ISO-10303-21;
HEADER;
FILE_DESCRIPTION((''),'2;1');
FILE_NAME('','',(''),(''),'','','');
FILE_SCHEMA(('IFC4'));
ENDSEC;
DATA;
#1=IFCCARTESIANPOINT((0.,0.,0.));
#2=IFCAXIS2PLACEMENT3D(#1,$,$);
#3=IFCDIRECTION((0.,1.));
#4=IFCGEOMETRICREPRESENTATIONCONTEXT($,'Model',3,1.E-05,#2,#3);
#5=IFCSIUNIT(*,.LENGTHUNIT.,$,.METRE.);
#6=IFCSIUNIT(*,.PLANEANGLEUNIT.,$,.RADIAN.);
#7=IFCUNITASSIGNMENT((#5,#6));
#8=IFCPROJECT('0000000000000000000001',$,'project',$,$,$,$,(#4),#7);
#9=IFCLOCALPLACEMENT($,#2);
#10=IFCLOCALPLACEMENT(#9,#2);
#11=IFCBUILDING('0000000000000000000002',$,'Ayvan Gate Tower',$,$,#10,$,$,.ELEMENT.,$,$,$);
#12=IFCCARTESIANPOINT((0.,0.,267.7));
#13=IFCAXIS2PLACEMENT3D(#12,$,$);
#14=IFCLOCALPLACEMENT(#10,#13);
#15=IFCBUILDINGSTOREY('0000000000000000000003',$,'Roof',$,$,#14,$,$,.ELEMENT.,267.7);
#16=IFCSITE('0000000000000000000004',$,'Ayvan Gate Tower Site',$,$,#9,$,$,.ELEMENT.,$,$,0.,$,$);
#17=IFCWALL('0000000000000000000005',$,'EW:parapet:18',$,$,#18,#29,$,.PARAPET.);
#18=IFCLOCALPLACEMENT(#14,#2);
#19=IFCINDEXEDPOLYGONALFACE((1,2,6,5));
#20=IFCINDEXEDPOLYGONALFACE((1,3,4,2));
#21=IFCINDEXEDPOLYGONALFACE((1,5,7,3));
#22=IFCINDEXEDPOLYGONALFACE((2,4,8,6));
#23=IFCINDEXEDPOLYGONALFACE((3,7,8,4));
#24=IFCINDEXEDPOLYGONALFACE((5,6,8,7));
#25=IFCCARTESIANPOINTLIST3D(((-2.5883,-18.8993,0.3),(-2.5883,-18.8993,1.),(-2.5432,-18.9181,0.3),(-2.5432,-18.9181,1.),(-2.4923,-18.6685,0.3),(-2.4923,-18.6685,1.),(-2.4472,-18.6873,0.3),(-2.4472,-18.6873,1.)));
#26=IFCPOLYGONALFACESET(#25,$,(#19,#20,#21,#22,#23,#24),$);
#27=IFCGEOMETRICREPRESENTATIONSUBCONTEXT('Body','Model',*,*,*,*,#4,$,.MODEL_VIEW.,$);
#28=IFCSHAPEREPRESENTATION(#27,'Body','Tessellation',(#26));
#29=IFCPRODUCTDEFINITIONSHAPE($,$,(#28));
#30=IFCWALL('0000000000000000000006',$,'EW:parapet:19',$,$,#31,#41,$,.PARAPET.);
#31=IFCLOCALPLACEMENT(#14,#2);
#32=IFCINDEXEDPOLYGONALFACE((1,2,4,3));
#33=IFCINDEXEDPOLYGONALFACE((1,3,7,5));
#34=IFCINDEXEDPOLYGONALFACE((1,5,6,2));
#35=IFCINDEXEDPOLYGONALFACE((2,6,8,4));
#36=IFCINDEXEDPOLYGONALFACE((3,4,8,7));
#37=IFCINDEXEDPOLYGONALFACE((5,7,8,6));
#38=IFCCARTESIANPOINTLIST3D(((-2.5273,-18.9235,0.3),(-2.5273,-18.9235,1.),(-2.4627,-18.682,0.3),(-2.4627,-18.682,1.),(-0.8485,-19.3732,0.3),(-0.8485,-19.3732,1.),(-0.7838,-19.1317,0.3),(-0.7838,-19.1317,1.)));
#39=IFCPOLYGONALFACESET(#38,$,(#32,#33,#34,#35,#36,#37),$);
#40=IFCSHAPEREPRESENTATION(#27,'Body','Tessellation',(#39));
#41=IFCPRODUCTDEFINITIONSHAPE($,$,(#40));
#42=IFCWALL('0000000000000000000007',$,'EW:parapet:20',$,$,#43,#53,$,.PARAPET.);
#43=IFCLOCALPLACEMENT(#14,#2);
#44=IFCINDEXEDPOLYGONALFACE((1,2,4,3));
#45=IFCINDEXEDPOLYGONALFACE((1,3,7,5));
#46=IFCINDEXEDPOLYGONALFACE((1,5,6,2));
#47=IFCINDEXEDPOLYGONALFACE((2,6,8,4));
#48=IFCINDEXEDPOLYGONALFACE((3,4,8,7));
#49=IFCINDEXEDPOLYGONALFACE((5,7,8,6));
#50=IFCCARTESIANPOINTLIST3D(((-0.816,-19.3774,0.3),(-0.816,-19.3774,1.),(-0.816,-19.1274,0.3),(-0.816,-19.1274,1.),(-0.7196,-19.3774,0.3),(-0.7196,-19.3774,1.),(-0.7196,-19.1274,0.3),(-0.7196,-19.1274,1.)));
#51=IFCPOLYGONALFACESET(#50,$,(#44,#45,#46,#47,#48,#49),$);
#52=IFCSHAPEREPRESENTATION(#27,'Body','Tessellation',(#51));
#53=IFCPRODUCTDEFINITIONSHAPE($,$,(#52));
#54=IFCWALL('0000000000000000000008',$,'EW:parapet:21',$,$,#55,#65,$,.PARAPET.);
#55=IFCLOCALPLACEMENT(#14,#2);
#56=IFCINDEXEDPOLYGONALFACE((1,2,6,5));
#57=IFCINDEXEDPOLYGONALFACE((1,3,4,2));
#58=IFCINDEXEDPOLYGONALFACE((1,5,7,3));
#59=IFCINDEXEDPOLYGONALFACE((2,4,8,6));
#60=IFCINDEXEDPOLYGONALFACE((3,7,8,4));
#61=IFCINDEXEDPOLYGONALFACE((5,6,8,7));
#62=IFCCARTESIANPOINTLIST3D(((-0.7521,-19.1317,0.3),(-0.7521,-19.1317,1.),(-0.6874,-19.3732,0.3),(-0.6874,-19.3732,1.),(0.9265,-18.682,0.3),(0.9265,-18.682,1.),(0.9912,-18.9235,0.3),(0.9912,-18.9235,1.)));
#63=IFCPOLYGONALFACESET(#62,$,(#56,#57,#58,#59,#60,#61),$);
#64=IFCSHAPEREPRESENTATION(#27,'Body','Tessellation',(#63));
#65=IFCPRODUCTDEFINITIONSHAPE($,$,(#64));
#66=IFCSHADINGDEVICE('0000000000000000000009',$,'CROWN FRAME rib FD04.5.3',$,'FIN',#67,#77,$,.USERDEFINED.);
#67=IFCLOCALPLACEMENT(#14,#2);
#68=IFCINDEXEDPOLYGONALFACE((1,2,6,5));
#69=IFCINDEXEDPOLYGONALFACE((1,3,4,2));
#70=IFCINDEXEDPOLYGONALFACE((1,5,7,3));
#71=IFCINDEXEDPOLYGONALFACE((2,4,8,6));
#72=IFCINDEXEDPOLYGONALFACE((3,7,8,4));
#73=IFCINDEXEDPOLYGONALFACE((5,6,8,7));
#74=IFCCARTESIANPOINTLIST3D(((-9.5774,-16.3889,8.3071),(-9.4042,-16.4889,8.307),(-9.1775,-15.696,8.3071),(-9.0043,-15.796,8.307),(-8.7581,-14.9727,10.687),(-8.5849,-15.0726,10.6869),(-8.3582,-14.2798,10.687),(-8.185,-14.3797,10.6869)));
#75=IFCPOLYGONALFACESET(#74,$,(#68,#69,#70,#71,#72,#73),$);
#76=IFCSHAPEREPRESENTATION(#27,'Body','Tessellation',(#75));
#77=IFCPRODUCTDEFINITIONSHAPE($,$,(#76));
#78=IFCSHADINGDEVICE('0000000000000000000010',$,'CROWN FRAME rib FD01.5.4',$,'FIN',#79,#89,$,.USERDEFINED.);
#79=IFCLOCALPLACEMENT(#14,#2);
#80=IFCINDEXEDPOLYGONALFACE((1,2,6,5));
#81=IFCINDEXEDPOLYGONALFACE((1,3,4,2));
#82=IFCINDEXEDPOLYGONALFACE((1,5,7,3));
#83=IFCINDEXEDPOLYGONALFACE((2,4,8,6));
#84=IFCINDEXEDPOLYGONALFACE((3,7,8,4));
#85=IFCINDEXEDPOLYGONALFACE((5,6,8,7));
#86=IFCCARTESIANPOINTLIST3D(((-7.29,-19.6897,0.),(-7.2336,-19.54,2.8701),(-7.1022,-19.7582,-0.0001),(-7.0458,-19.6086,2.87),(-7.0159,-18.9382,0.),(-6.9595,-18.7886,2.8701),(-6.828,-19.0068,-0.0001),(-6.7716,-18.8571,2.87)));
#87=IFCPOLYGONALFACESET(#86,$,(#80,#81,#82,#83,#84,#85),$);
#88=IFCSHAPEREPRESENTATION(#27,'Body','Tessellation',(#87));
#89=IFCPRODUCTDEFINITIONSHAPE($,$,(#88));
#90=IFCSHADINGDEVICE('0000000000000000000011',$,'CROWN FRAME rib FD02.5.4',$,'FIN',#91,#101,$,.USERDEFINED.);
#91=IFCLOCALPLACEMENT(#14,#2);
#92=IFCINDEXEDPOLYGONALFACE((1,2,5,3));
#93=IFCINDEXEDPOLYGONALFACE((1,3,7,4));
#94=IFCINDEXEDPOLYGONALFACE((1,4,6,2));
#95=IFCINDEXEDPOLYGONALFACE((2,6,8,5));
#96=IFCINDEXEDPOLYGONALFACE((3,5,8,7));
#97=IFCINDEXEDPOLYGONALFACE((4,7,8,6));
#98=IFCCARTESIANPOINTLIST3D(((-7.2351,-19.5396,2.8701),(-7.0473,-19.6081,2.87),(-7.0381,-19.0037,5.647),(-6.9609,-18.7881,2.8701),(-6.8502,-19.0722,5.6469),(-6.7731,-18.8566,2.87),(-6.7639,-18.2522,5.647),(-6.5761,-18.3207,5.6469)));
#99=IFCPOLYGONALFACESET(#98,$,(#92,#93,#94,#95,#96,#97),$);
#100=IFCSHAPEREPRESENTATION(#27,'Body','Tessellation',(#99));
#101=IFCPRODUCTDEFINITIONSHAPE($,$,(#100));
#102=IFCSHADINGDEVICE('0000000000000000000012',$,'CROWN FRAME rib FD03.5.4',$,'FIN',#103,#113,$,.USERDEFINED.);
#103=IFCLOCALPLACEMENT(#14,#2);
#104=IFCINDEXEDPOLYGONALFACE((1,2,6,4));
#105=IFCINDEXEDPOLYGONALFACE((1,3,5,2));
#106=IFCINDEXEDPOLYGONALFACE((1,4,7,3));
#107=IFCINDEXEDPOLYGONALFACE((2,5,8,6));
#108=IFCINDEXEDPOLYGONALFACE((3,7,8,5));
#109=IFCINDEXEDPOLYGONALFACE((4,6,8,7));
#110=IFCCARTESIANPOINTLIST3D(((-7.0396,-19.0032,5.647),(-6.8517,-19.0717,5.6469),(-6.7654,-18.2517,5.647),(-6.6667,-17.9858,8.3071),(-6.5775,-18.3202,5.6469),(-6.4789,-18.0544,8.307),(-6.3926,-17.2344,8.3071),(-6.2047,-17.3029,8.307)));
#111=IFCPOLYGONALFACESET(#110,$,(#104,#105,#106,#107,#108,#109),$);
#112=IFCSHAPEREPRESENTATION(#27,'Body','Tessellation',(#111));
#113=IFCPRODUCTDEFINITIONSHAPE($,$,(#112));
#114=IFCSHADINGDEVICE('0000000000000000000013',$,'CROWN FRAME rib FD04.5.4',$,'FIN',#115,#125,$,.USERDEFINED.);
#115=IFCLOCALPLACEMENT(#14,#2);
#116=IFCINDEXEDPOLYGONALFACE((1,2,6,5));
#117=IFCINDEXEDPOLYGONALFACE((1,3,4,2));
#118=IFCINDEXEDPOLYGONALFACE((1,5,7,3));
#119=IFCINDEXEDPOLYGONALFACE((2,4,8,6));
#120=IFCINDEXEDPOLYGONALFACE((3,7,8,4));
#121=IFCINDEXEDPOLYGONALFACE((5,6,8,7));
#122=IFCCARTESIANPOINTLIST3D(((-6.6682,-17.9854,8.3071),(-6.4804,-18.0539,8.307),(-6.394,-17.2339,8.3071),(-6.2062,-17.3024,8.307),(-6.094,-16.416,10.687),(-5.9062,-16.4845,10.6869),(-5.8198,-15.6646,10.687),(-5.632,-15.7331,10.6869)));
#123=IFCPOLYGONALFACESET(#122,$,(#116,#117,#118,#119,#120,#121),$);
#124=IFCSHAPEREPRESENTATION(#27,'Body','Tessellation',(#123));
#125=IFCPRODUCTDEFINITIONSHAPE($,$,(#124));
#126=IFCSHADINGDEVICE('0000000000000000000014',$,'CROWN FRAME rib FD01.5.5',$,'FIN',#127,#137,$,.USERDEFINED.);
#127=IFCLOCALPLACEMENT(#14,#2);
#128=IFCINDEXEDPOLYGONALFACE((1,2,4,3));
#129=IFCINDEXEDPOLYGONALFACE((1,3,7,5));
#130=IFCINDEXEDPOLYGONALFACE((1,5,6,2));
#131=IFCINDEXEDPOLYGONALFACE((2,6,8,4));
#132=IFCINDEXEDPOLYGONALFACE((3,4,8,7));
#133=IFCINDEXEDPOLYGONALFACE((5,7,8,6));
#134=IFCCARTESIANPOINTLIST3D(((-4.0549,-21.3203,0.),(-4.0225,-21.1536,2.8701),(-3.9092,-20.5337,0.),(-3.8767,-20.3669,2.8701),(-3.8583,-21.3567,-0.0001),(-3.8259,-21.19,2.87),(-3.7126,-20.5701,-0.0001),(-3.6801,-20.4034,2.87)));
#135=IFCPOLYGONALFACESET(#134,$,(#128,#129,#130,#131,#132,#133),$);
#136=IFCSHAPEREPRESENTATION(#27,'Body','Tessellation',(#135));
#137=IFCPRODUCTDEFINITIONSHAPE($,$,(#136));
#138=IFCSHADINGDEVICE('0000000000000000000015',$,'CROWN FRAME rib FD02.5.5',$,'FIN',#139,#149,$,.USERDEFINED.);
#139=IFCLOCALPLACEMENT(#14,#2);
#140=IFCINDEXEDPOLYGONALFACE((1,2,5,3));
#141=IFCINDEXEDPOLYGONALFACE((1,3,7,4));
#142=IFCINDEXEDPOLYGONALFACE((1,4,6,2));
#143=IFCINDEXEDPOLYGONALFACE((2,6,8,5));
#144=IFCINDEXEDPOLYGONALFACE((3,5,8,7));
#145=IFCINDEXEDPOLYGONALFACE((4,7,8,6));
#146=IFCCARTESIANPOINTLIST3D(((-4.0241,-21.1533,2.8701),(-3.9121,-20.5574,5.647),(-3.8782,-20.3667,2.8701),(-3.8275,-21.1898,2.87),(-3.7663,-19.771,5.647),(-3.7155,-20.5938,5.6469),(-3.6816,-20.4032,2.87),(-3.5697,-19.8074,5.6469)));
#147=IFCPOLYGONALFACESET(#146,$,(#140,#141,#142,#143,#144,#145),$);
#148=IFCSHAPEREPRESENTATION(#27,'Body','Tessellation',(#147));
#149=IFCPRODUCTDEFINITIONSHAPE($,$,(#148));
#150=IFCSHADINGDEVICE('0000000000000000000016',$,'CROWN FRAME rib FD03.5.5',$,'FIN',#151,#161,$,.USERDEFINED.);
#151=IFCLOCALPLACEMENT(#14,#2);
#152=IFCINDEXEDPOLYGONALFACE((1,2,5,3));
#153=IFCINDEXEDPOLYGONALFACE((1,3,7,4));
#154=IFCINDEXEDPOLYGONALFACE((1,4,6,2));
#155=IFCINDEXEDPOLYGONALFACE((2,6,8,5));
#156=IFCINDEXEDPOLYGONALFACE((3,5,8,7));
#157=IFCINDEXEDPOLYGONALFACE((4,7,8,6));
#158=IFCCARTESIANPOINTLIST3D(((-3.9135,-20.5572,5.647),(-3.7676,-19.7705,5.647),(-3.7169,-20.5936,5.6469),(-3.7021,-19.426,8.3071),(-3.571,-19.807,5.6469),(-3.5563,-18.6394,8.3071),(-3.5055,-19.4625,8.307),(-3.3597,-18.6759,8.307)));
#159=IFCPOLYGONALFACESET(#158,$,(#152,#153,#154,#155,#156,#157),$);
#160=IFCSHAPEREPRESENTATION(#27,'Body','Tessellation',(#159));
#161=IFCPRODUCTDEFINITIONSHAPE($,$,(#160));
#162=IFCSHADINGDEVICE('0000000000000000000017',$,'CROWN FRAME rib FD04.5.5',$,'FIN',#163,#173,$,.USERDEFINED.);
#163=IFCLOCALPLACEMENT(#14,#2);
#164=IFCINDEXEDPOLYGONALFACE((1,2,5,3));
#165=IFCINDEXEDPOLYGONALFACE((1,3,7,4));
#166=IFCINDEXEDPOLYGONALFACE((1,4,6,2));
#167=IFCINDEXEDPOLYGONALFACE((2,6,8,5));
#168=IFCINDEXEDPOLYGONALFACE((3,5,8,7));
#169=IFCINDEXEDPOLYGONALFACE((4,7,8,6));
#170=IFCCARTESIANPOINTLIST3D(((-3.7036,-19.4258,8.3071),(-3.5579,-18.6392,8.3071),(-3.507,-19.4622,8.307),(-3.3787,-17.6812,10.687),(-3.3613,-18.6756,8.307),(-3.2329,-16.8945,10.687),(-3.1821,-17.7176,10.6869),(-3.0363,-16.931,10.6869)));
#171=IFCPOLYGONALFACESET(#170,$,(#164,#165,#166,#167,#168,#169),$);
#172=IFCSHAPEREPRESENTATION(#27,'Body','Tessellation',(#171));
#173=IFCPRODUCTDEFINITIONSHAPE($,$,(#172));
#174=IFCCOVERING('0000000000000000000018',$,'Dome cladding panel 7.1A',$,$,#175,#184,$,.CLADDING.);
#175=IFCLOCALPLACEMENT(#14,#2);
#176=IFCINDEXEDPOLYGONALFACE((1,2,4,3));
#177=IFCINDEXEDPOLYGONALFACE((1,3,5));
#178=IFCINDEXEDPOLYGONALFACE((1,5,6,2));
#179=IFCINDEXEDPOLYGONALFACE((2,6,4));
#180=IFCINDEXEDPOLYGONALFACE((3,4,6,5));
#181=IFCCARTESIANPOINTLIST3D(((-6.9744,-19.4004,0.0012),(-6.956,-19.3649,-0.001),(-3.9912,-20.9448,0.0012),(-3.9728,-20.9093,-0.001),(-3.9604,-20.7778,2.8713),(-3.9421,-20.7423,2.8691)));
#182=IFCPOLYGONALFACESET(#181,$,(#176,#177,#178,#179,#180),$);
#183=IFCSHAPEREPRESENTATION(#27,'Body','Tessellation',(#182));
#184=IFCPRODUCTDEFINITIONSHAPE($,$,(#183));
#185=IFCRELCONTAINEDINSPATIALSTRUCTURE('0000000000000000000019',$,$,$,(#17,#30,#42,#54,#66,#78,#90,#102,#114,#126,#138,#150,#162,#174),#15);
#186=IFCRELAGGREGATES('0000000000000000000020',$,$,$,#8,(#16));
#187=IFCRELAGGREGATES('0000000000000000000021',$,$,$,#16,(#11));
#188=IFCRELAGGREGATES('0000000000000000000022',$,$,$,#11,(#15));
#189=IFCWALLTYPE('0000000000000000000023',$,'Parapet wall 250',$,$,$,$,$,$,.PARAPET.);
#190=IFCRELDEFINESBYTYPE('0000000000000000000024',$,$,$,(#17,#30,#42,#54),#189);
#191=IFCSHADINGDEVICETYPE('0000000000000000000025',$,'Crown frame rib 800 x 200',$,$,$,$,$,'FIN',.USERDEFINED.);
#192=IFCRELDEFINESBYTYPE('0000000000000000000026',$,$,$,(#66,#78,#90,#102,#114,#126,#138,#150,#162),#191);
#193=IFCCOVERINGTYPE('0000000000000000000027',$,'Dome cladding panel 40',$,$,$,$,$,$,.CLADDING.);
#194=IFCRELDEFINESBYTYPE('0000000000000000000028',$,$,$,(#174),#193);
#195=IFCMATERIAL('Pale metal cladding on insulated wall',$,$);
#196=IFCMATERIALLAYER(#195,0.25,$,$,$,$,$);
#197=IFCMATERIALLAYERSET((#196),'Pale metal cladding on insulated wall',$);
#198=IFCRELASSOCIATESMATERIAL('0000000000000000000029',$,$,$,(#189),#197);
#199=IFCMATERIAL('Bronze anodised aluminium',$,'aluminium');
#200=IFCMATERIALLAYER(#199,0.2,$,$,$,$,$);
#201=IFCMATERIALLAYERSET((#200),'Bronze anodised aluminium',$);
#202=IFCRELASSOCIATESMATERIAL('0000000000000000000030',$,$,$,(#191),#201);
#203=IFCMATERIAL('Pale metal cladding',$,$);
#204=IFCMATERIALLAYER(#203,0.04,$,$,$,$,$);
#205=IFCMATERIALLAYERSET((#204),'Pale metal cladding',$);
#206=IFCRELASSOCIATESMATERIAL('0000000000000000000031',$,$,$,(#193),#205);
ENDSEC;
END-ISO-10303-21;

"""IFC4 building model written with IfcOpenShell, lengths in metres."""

from ifc_helpers import new_model, si_unit, direction, frame, frame_2d, origin, place, context, subcontext, project, spatial, polyline, rectangle, outline, extrude, material, layer, layer_set, type_object, element, save


model = new_model("IFC4")

# Units and contexts
model_context = context("Model", 3, precision=1e-05, world=origin(), true_north=direction((0.0, 1.0)))
body_context = subcontext(model_context, "Body", "Model", "MODEL_VIEW")
ifc_project = project(units=[si_unit("LENGTHUNIT", "METRE"), si_unit("PLANEANGLEUNIT", "RADIAN")], contexts=[model_context])

# Site, building, storey
site_placement = place(None, origin())
site = spatial("IfcSite", under=ifc_project, at=site_placement, Name="Ayvan Gate Tower Site", CompositionType="ELEMENT", RefElevation=0.0)
building_placement = place(site_placement, origin())
building = spatial("IfcBuilding", under=site, at=building_placement, Name="Ayvan Gate Tower", CompositionType="ELEMENT")
storey_placement = place(building_placement, frame((0.0, 0.0, 267.7)))
storey = spatial("IfcBuildingStorey", under=building, at=storey_placement, Name="Roof", CompositionType="ELEMENT", Elevation=267.7)

# Walls
ifc_material_1 = material(Name="Pale metal cladding on insulated wall")
ifc_layer_1 = layer(ifc_material_1, 0.25)
ifc_layer_set_1 = layer_set([ifc_layer_1], Name="Pale metal cladding on insulated wall")
wall_type = type_object("IfcWallType", Name="Parapet wall 250", PredefinedType="PARAPET", material=ifc_layer_set_1)
wall_1_placement = place(storey_placement, frame((-2.5403, -18.7839, 0.3), z_axis=(0.0, 0.0, 1.0), x_axis=(0.923225, -0.384261, 0.0)))
element("IfcWall", 1, at=wall_1_placement, inside=storey, type_object=wall_type, Name="EW:parapet:18", PredefinedType="PARAPET", context=body_context, shape_type="SweptSolid", body=[
    extrude(rectangle(XDim=0.0488, YDim=0.25, at=frame_2d((0.0244, 0.0))), origin(), (0.0, 0.0, 1.0), 0.7),
])
wall_2_placement = place(storey_placement, frame((-2.4951, -18.8027, 0.3), z_axis=(0.0, 0.0, 1.0), x_axis=(0.96595, -0.258729, 0.0)))
element("IfcWall", 2, at=wall_2_placement, inside=storey, type_object=wall_type, Name="EW:parapet:19", PredefinedType="PARAPET", context=body_context, shape_type="SweptSolid", body=[
    extrude(rectangle(XDim=1.738, YDim=0.25, at=frame_2d((0.8691, 0.0))), origin(), (0.0, 0.0, 1.0), 0.7),
])
wall_3_placement = place(storey_placement, frame((-0.8162, -19.2524, 0.3), z_axis=(0.0, 0.0, 1.0), x_axis=(1.0, 0.0, 0.0)))
element("IfcWall", 3, at=wall_3_placement, inside=storey, type_object=wall_type, Name="EW:parapet:20", PredefinedType="PARAPET", context=body_context, shape_type="SweptSolid", body=[
    extrude(rectangle(XDim=0.0964, YDim=0.25, at=frame_2d((0.0483, 0.0))), origin(), (0.0, 0.0, 1.0), 0.7),
])
wall_4_placement = place(storey_placement, frame((-0.7197, -19.2524, 0.3), z_axis=(0.0, 0.0, 1.0), x_axis=(0.965941, 0.258764, 0.0)))
element("IfcWall", 4, at=wall_4_placement, inside=storey, type_object=wall_type, Name="EW:parapet:21", PredefinedType="PARAPET", context=body_context, shape_type="SweptSolid", body=[
    extrude(rectangle(XDim=1.7378, YDim=0.25, at=frame_2d((0.8689, 0.0))), origin(), (0.0, 0.0, 1.0), 0.7),
])

# Shading devices
ifc_material_2 = material(Name="Bronze anodised aluminium", Category="aluminium")
ifc_layer_2 = layer(ifc_material_2, 0.2)
ifc_layer_set_2 = layer_set([ifc_layer_2], Name="Bronze anodised aluminium")
shading_device_type = type_object("IfcShadingDeviceType", Name="Crown frame rib 800 x 200", ElementType="FIN", PredefinedType="USERDEFINED", material=ifc_layer_set_2)
shading_device_1_placement = place(storey_placement, frame((-9.1775, -15.696, 8.3071), z_axis=(-0.866094, 0.499881, 0.000698), x_axis=(-0.499881, -0.866094, 0.0)))
element("IfcShadingDevice", 5, at=shading_device_1_placement, inside=storey, type_object=shading_device_type, Name="CROWN FRAME rib FD04.5.3", ObjectType="FIN", PredefinedType="USERDEFINED", context=body_context, shape_type="SweptSolid", body=[
    extrude(outline(polyline([(0.0, 0.0), (0.8, 0.0), (-0.8362, 2.3799), (-1.6362, 2.3799), (0.0, 0.0)])), origin(), (0.0, 0.0, -1.0), 0.2),
])
shading_device_2_placement = place(storey_placement, frame((-7.0159, -18.9382, 0.0), z_axis=(-0.939427, 0.342748, 0.000587), x_axis=(-0.342748, -0.939428, 0.0)))
element("IfcShadingDevice", 6, at=shading_device_2_placement, inside=storey, type_object=shading_device_type, Name="CROWN FRAME rib FD01.5.4", ObjectType="FIN", PredefinedType="USERDEFINED", context=body_context, shape_type="SweptSolid", body=[
    extrude(outline(polyline([(0.0, 0.0), (0.7999, 0.0), (0.64, 2.8701), (-0.1599, 2.8701), (0.0, 0.0)])), origin(), (0.0, 0.0, -1.0), 0.2),
])
shading_device_3_placement = place(storey_placement, frame((-6.9609, -18.7881, 2.8701), z_axis=(-0.939427, 0.342748, 0.000509), x_axis=(-0.342748, -0.939428, 0.0)))
element("IfcShadingDevice", 7, at=shading_device_3_placement, inside=storey, type_object=shading_device_type, Name="CROWN FRAME rib FD02.5.4", ObjectType="FIN", PredefinedType="USERDEFINED", context=body_context, shape_type="SweptSolid", body=[
    extrude(outline(polyline([(0.0, 0.0), (0.7999, 0.0), (0.229, 2.7769), (-0.571, 2.7769), (0.0, 0.0)])), origin(), (0.0, 0.0, -1.0), 0.2),
])
shading_device_4_placement = place(storey_placement, frame((-6.7654, -18.2517, 5.647), z_axis=(-0.939427, 0.342748, 0.000576), x_axis=(-0.342748, -0.939428, 0.0)))
element("IfcShadingDevice", 8, at=shading_device_4_placement, inside=storey, type_object=shading_device_type, Name="CROWN FRAME rib FD03.5.4", ObjectType="FIN", PredefinedType="USERDEFINED", context=body_context, shape_type="SweptSolid", body=[
    extrude(outline(polyline([(0.0, 0.0), (0.7999, 0.0), (-0.2836, 2.6602), (-1.0835, 2.6602), (0.0, 0.0)])), origin(), (0.0, 0.0, -1.0), 0.2),
])
shading_device_5_placement = place(storey_placement, frame((-6.394, -17.2339, 8.3071), z_axis=(-0.939427, 0.342748, 0.000652), x_axis=(-0.342748, -0.939428, 0.0)))
element("IfcShadingDevice", 9, at=shading_device_5_placement, inside=storey, type_object=shading_device_type, Name="CROWN FRAME rib FD04.5.4", ObjectType="FIN", PredefinedType="USERDEFINED", context=body_context, shape_type="SweptSolid", body=[
    extrude(outline(polyline([(0.0, 0.0), (0.7999, 0.0), (-0.8712, 2.3799), (-1.6711, 2.3799), (0.0, 0.0)])), origin(), (0.0, 0.0, -1.0), 0.2),
])
shading_device_6_placement = place(storey_placement, frame((-3.9092, -20.5337, 0.0), z_axis=(-0.983264, 0.182188, 0.000539), x_axis=(-0.182188, -0.983264, 0.0)))
element("IfcShadingDevice", 10, at=shading_device_6_placement, inside=storey, type_object=shading_device_type, Name="CROWN FRAME rib FD01.5.5", ObjectType="FIN", PredefinedType="USERDEFINED", context=body_context, shape_type="SweptSolid", body=[
    extrude(outline(polyline([(0.0, 0.0), (0.8, 0.0), (0.6301, 2.8701), (-0.1699, 2.8701), (0.0, 0.0)])), origin(), (0.0, 0.0, -1.0), 0.2),
])
shading_device_7_placement = place(storey_placement, frame((-3.8782, -20.3667, 2.8701), z_axis=(-0.983231, 0.182362, 0.000506), x_axis=(-0.182362, -0.983231, 0.0)))
element("IfcShadingDevice", 11, at=shading_device_7_placement, inside=storey, type_object=shading_device_type, Name="CROWN FRAME rib FD02.5.5", ObjectType="FIN", PredefinedType="USERDEFINED", context=body_context, shape_type="SweptSolid", body=[
    extrude(outline(polyline([(0.0, 0.0), (0.8, 0.0), (0.1937, 2.7769), (-0.6061, 2.7769), (0.0, 0.0)])), origin(), (0.0, 0.0, -1.0), 0.2),
])
shading_device_8_placement = place(storey_placement, frame((-3.7676, -19.7705, 5.647), z_axis=(-0.983236, 0.182335, 0.000572), x_axis=(-0.182335, -0.983236, 0.0)))
element("IfcShadingDevice", 12, at=shading_device_8_placement, inside=storey, type_object=shading_device_type, Name="CROWN FRAME rib FD03.5.5", ObjectType="FIN", PredefinedType="USERDEFINED", context=body_context, shape_type="SweptSolid", body=[
    extrude(outline(polyline([(0.0, 0.0), (0.8001, 0.0), (-0.3506, 2.6602), (-1.1506, 2.6602), (0.0, 0.0)])), origin(), (0.0, 0.0, -1.0), 0.2),
])
shading_device_9_placement = place(storey_placement, frame((-3.5579, -18.6392, 8.3071), z_axis=(-0.983264, 0.182188, 0.000699), x_axis=(-0.182188, -0.983264, 0.0)))
element("IfcShadingDevice", 13, at=shading_device_9_placement, inside=storey, type_object=shading_device_type, Name="CROWN FRAME rib FD04.5.5", ObjectType="FIN", PredefinedType="USERDEFINED", context=body_context, shape_type="SweptSolid", body=[
    extrude(outline(polyline([(0.0, 0.0), (0.8, 0.0), (-0.9746, 2.3799), (-1.7746, 2.3799), (0.0, 0.0)])), origin(), (0.0, 0.0, -1.0), 0.2),
])

# Covering
ifc_material_3 = material(Name="Pale metal cladding")
ifc_layer_3 = layer(ifc_material_3, 0.04)
ifc_layer_set_3 = layer_set([ifc_layer_3], Name="Pale metal cladding")
covering_type = type_object("IfcCoveringType", Name="Dome cladding panel 40", PredefinedType="CLADDING", material=ifc_layer_set_3)
covering_1_placement = place(storey_placement, frame((-6.9744, -19.4004, 0.0012), z_axis=(-0.459022, -0.886626, 0.056506), x_axis=(0.888045, -0.459757, 0.0)))
element("IfcCovering", 14, at=covering_1_placement, inside=storey, type_object=covering_type, Name="Dome cladding panel 7.1A", PredefinedType="CLADDING", context=body_context, shape_type="SweptSolid", body=[
    extrude(outline(polyline([(0.0, 0.0), (3.3592, 0.0), (3.3098, 2.8747), (0.0, 0.0)])), origin(), (0.0, 0.0, -1.0), 0.04),
])

save(model, "model.ifc")
